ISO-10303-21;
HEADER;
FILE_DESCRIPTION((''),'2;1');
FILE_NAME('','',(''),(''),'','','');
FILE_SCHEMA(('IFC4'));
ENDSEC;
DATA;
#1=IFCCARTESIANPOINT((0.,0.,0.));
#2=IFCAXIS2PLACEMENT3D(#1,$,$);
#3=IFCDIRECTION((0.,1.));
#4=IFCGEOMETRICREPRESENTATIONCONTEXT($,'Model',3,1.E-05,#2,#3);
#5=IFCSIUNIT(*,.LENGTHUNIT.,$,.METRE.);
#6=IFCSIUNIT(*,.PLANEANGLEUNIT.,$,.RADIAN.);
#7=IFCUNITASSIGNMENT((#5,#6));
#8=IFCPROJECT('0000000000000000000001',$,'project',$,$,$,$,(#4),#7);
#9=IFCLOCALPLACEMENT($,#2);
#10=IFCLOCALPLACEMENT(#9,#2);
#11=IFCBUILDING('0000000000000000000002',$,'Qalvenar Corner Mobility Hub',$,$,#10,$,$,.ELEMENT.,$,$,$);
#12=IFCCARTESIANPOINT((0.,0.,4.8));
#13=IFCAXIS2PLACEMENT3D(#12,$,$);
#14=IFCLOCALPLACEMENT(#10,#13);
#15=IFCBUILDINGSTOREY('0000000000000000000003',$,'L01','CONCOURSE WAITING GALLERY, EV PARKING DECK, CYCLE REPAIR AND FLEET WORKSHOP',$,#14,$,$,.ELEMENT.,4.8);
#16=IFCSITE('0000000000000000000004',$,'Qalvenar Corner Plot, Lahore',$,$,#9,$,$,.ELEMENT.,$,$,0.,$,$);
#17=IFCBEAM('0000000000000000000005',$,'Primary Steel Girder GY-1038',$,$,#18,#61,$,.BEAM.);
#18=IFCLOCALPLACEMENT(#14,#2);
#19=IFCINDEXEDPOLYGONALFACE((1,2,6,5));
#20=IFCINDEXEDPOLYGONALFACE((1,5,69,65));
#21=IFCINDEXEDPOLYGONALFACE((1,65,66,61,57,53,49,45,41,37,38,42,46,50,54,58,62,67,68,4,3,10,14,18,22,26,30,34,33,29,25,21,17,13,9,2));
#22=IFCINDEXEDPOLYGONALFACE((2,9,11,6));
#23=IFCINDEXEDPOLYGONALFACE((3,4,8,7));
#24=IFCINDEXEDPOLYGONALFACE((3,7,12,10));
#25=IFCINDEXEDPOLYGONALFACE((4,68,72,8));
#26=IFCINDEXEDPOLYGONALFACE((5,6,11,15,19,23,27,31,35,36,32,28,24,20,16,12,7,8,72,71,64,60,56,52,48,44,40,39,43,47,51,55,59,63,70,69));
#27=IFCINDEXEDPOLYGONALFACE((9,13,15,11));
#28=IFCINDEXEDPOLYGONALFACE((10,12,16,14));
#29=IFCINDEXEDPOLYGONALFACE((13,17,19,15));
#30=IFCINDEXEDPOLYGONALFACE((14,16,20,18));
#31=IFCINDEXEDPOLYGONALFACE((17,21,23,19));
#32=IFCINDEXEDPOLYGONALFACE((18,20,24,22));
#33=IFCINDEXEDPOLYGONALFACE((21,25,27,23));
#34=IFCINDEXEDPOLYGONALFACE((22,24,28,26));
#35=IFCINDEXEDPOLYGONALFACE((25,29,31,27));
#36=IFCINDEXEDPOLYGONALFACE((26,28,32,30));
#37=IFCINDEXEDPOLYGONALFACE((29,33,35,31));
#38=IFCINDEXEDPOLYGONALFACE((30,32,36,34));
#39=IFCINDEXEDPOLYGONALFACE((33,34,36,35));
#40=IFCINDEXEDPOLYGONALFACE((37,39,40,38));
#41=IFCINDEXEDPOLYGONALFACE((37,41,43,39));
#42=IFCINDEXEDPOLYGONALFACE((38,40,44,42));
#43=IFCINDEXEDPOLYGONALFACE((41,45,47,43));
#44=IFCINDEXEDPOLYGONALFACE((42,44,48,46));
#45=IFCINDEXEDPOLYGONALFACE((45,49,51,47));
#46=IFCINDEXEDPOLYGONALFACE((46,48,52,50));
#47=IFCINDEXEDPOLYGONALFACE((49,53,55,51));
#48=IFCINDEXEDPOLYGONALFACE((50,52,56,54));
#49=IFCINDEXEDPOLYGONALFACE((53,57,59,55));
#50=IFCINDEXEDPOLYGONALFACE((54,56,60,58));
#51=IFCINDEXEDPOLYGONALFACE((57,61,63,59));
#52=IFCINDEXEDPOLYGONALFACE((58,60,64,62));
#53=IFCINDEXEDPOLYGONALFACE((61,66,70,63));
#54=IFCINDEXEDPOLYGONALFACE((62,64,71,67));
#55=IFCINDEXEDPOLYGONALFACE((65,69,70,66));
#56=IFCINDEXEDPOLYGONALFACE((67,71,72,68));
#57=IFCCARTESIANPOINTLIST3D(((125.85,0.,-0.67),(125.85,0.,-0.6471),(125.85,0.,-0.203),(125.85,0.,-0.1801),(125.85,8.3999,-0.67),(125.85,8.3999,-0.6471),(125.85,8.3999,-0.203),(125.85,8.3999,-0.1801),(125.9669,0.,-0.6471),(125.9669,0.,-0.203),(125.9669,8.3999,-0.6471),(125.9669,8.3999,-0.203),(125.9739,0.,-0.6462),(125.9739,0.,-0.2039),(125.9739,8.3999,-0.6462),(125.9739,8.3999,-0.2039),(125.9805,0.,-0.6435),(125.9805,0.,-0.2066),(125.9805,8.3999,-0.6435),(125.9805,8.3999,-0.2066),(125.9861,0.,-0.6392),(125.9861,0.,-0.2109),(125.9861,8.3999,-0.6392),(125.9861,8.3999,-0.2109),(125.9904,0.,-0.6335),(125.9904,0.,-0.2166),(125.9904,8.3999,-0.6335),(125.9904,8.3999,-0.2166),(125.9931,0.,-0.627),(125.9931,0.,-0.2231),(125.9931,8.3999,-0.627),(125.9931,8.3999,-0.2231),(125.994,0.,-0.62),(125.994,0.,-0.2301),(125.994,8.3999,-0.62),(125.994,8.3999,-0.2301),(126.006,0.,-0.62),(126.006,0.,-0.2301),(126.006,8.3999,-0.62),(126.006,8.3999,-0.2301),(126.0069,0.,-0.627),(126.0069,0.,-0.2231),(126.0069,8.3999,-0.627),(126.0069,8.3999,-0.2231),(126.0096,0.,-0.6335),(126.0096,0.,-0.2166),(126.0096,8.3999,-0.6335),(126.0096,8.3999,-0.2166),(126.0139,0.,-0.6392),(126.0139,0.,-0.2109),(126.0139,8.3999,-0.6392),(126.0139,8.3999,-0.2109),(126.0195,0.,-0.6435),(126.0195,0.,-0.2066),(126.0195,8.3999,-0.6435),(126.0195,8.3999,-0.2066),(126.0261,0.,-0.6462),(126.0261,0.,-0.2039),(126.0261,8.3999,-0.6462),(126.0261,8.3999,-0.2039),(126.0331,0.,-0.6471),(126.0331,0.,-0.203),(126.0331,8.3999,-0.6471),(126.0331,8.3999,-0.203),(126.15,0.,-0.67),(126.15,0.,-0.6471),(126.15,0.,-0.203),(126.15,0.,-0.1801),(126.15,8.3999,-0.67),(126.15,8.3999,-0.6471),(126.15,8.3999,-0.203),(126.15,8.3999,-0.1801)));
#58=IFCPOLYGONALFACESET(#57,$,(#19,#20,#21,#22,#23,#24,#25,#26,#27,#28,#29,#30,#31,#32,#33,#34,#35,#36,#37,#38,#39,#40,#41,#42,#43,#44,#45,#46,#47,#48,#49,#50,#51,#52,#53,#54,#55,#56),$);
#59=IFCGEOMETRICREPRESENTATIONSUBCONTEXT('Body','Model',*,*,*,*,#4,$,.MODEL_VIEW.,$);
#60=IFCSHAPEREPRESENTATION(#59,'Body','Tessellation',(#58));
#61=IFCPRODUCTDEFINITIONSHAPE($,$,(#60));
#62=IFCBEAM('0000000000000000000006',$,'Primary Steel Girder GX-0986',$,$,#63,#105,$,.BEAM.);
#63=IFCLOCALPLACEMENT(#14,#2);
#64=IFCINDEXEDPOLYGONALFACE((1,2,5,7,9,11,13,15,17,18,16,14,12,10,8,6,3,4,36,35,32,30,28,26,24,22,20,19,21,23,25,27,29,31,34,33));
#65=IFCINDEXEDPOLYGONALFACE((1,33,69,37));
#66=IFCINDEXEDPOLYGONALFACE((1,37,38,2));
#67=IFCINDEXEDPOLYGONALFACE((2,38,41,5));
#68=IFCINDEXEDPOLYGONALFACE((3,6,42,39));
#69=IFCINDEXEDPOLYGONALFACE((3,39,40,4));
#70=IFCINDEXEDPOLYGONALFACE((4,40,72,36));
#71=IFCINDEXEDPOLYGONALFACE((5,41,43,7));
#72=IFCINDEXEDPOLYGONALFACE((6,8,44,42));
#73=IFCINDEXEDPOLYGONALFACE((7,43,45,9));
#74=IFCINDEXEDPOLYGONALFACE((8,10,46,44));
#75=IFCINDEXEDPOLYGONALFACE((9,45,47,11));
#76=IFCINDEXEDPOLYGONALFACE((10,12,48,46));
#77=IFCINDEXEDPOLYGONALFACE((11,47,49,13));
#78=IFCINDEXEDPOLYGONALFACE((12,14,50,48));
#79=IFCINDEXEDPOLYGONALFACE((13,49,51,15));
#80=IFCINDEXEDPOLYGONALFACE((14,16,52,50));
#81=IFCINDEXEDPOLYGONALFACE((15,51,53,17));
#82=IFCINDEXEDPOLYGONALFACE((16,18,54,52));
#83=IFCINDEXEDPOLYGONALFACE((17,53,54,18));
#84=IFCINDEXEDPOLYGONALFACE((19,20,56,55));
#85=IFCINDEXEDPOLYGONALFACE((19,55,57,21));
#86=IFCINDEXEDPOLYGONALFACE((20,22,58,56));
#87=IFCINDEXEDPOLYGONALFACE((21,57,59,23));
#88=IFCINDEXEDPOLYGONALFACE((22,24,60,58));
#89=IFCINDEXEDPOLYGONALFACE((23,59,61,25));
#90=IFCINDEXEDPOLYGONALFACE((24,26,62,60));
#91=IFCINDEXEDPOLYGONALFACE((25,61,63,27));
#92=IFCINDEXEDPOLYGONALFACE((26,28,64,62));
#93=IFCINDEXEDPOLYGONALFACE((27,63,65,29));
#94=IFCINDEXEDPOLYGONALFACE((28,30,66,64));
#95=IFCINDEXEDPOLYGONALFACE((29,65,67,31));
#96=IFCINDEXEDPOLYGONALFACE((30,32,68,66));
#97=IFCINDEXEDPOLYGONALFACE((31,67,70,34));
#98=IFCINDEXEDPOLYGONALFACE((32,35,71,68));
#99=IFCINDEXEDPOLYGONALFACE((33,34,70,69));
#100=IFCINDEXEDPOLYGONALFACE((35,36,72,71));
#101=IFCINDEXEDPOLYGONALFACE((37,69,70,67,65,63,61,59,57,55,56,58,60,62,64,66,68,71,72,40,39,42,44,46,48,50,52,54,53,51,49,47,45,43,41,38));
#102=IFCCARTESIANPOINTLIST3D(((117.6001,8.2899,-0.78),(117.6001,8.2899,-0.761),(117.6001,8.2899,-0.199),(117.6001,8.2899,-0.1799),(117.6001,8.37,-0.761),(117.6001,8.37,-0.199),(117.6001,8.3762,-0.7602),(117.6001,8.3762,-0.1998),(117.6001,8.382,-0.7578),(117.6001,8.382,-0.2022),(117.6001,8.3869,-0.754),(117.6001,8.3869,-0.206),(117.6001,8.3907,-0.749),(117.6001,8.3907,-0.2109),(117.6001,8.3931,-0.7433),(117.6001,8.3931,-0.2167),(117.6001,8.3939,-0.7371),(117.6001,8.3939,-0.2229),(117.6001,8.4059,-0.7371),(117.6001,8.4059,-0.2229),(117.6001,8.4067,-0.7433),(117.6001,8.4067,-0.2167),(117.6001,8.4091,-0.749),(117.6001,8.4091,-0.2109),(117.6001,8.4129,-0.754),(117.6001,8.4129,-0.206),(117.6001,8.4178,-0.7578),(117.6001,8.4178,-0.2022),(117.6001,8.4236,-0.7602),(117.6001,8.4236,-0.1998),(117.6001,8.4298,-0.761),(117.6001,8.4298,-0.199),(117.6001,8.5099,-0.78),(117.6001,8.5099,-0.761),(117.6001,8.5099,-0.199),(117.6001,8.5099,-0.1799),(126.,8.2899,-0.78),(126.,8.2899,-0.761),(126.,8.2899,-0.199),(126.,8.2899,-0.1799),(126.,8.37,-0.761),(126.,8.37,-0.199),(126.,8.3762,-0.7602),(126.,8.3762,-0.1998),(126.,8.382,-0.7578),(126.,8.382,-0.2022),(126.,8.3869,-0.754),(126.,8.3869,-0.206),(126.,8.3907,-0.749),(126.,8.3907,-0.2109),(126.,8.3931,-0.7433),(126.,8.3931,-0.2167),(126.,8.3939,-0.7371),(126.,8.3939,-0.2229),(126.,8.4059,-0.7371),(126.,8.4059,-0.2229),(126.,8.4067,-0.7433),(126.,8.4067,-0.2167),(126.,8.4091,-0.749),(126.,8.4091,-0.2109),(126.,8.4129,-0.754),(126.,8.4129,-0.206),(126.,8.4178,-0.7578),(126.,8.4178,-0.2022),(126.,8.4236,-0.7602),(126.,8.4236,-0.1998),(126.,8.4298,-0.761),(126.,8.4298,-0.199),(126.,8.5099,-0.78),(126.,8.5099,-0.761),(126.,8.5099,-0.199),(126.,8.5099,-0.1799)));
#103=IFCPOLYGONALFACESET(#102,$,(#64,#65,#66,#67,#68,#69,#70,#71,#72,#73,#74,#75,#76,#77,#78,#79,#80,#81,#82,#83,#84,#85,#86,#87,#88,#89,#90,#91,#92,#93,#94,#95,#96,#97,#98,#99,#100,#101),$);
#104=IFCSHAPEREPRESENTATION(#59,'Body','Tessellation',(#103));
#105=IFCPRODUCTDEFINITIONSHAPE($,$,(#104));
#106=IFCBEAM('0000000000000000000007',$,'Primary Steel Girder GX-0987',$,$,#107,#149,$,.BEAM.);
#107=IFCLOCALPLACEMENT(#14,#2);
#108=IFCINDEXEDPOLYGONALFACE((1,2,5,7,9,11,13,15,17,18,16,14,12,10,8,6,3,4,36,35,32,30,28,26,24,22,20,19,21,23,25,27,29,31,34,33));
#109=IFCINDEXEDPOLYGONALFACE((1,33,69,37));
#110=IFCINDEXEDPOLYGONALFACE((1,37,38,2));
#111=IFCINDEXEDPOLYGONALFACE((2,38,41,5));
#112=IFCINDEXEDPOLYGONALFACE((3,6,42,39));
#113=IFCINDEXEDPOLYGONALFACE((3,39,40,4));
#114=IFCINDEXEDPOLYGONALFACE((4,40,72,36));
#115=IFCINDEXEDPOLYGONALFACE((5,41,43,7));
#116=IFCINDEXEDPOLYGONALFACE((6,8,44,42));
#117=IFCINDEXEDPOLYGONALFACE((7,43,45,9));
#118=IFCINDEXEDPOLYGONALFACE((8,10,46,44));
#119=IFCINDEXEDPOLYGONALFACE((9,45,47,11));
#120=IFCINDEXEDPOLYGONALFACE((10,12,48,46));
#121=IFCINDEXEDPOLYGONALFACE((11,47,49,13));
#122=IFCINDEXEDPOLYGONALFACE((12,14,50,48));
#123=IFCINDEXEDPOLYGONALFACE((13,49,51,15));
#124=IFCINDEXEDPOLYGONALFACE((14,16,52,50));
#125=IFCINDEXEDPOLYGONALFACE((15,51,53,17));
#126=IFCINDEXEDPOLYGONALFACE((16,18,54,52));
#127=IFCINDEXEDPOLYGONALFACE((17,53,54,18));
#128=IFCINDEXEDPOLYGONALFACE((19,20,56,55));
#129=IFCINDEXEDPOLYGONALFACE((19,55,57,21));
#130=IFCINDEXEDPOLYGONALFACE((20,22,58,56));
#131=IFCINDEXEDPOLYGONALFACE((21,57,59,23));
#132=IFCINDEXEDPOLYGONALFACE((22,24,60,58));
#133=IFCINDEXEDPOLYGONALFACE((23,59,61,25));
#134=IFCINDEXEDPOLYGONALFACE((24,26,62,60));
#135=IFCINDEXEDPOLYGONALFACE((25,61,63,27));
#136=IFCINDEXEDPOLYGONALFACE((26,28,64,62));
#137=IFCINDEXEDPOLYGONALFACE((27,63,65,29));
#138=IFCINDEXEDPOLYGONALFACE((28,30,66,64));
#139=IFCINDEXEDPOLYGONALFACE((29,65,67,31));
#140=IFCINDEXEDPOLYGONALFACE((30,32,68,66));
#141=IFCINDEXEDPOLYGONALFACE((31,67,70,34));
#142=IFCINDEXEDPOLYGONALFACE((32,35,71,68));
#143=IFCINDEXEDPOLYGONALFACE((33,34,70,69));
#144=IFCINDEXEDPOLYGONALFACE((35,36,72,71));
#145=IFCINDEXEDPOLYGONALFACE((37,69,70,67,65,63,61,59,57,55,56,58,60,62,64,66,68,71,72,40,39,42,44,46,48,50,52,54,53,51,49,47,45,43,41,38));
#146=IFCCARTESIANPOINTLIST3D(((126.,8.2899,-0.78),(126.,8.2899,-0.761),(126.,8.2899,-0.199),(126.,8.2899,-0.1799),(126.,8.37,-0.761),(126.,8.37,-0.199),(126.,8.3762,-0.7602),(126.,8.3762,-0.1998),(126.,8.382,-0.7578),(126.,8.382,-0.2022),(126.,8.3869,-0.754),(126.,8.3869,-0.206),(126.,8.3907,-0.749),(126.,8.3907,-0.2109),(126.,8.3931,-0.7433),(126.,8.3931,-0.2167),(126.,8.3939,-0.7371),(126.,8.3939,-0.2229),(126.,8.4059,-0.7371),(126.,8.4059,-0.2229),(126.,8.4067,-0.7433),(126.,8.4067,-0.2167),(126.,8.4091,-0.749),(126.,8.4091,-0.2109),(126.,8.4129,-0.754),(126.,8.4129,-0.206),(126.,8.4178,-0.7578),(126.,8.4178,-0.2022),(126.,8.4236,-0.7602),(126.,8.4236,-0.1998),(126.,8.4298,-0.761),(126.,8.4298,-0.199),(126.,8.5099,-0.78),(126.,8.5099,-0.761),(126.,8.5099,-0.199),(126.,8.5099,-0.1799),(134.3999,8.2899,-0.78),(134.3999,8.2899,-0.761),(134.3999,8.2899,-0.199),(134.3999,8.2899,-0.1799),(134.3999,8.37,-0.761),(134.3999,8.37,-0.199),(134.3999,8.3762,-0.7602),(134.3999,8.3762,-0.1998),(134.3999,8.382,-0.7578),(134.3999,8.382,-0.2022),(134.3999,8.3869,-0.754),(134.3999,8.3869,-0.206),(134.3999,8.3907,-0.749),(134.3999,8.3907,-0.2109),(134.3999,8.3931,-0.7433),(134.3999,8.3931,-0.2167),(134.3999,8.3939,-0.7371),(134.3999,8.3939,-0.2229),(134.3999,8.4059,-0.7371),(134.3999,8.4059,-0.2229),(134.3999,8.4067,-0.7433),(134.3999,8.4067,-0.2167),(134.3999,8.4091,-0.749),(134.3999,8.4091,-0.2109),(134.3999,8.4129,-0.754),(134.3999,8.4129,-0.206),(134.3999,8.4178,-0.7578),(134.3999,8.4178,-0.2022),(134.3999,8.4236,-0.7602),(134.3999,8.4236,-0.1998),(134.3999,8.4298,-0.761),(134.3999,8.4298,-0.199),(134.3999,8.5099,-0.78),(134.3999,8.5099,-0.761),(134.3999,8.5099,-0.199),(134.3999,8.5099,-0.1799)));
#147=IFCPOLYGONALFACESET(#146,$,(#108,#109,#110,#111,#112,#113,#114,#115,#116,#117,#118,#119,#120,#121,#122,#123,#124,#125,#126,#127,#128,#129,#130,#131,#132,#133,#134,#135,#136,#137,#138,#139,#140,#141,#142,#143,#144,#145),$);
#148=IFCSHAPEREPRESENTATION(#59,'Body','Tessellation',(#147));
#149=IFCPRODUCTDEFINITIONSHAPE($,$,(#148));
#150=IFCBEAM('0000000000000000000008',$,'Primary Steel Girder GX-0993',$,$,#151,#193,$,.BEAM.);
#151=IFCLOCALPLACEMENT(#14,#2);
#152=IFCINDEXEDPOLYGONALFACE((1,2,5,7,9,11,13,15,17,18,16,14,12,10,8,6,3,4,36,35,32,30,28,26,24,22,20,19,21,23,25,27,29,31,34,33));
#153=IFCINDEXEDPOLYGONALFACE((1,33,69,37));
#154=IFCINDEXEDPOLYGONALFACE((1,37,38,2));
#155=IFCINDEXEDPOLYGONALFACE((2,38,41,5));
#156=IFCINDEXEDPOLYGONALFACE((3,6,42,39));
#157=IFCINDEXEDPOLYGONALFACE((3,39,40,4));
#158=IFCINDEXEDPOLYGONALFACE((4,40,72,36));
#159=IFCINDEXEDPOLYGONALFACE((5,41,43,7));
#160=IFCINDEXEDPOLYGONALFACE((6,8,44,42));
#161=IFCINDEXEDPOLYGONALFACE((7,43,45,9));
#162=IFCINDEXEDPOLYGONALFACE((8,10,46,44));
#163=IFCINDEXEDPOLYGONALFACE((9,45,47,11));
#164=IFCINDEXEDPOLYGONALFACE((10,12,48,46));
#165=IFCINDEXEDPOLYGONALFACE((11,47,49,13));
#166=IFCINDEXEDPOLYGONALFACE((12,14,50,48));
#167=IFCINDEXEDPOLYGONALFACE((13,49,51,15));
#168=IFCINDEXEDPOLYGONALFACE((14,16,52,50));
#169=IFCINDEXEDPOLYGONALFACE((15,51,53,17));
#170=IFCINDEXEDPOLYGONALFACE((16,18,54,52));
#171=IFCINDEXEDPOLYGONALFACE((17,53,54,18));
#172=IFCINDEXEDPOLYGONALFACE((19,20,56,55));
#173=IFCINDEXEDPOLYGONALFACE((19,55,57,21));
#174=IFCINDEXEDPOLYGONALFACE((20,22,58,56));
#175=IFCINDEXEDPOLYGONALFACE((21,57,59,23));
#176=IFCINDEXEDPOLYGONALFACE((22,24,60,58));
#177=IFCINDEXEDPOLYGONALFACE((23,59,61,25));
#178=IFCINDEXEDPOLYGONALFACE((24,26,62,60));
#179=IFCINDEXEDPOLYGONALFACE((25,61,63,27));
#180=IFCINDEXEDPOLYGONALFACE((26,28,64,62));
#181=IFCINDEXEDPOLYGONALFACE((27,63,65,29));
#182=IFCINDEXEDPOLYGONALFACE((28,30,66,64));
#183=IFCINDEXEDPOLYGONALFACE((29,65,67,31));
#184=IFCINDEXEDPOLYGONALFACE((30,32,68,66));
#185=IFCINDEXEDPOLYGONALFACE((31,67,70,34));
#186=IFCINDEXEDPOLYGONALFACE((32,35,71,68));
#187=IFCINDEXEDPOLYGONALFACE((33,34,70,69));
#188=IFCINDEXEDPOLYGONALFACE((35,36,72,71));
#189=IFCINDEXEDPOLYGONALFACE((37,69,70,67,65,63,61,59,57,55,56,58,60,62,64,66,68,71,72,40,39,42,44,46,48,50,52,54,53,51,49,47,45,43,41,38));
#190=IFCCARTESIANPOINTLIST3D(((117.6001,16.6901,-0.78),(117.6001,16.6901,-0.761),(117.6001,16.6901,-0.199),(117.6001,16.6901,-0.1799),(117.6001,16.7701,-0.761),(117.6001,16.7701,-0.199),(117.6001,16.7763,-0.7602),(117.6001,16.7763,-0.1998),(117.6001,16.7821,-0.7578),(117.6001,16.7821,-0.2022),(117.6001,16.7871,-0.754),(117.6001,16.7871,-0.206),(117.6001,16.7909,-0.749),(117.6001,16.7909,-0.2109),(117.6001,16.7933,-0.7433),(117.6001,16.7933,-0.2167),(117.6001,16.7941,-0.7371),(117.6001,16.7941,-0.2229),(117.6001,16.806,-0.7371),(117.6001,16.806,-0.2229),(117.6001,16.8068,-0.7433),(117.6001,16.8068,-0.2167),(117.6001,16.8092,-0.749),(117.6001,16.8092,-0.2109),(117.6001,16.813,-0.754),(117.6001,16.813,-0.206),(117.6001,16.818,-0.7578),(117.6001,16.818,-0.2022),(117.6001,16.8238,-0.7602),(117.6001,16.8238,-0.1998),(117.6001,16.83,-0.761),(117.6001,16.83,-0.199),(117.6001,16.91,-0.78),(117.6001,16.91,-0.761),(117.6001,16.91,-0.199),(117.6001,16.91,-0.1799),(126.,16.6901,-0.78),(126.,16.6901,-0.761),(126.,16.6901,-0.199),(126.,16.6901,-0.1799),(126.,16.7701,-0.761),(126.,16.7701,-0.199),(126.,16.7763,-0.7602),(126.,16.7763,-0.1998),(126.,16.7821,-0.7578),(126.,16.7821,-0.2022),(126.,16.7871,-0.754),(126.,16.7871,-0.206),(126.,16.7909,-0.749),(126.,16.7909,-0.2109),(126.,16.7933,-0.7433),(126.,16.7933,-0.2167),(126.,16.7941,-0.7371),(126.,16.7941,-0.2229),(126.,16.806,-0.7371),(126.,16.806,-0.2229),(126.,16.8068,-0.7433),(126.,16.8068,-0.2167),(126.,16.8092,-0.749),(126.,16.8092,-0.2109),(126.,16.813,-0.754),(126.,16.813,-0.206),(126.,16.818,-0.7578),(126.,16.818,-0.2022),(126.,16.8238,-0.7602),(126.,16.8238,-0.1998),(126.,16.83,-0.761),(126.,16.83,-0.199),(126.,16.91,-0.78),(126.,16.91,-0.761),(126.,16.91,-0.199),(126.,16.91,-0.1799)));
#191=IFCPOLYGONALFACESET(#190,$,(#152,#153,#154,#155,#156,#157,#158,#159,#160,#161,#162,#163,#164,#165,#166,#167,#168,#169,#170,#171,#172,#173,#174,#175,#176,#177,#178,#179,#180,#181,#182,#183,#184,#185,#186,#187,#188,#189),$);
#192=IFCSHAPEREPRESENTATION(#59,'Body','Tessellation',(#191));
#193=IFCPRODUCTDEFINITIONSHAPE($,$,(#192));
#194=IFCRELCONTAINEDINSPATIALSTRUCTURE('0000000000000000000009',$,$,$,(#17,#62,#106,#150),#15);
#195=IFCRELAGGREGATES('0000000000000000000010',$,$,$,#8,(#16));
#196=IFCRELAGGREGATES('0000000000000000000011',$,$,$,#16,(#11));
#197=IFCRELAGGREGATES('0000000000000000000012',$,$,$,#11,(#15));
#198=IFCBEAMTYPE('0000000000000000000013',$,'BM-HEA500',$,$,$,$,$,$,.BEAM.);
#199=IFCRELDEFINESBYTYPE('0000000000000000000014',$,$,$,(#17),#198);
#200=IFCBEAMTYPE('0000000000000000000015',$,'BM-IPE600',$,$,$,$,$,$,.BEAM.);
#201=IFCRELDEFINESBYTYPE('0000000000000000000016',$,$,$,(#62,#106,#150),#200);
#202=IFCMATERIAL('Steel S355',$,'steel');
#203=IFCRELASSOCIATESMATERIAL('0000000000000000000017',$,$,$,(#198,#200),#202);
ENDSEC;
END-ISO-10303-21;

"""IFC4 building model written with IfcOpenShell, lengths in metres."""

from ifc_helpers import new_model, si_unit, direction, frame, origin, origin_2d, place, context, subcontext, project, spatial, i_section, extrude, material, material_profile, profile_set, type_object, element, save


model = new_model("IFC4")

# Units and contexts
model_context = context("Model", 3, precision=1e-05, world=origin(), true_north=direction((0.0, 1.0)))
body_context = subcontext(model_context, "Body", "Model", "MODEL_VIEW")
ifc_project = project(units=[si_unit("LENGTHUNIT", "METRE"), si_unit("PLANEANGLEUNIT", "RADIAN")], contexts=[model_context])

# Site, building, storey
site_placement = place(None, origin())
site = spatial("IfcSite", under=ifc_project, at=site_placement, Name="Qalvenar Corner Plot, Lahore", CompositionType="ELEMENT", RefElevation=0.0)
building_placement = place(site_placement, origin())
building = spatial("IfcBuilding", under=site, at=building_placement, Name="Qalvenar Corner Mobility Hub", CompositionType="ELEMENT")
storey_placement = place(building_placement, frame((0.0, 0.0, 4.8)))
storey = spatial("IfcBuildingStorey", under=building, at=storey_placement, Name="L01", Description="CONCOURSE WAITING GALLERY, EV PARKING DECK, CYCLE REPAIR AND FLEET WORKSHOP", CompositionType="ELEMENT", Elevation=4.8)

# Shared definitions
ifc_material_1 = material(Name="Steel S355", Category="steel")

# Beams
ifc_material_profile_1 = material_profile(ifc_material_1, i_section(OverallWidth=0.3, OverallDepth=0.49, WebThickness=0.012, FlangeThickness=0.0229, FilletRadius=0.0271, at=origin_2d()), Name="HEA500")
ifc_profile_set_1 = profile_set([ifc_material_profile_1], Name="Steel S355")
beam_type_1 = type_object("IfcBeamType", Name="BM-HEA500", PredefinedType="BEAM", material=ifc_profile_set_1)
beam_1_placement = place(storey_placement, frame((126.0, 0.0, -0.425), z_axis=(0.0, 1.0, 0.0), x_axis=(-1.0, 0.0, 0.0)))
element("IfcBeam", 1, at=beam_1_placement, inside=storey, type_object=beam_type_1, Name="Primary Steel Girder GY-1038", PredefinedType="BEAM", context=body_context, shape_type="SweptSolid", body=[
    extrude(i_section(OverallWidth=0.3, OverallDepth=0.49, WebThickness=0.012, FlangeThickness=0.0229, FilletRadius=0.0271, at=origin_2d()), origin(), (0.0, 0.0, 1.0), 8.3999),
])
ifc_material_profile_2 = material_profile(ifc_material_1, i_section(OverallWidth=0.22, OverallDepth=0.6001, WebThickness=0.012, FlangeThickness=0.019, FilletRadius=0.0239, at=origin_2d()), Name="IPE600")
ifc_profile_set_2 = profile_set([ifc_material_profile_2], Name="Steel S355")
beam_type_2 = type_object("IfcBeamType", Name="BM-IPE600", PredefinedType="BEAM", material=ifc_profile_set_2)
for number, where, z_axis, x_axis, name in (
    (2, (117.6001, 8.3999, -0.48), (1.0, 0.0, 0.0), (0.0, 1.0, 0.0), "Primary Steel Girder GX-0986"),
    (3, (126.0, 8.3999, -0.48), (1.0, 0.0, 0.0), (0.0, 1.0, 0.0), "Primary Steel Girder GX-0987"),
    (4, (117.6001, 16.8, -0.48), (1.0, 0.0, 0.0), (0.0, 1.0, 0.0), "Primary Steel Girder GX-0993"),
):
    element("IfcBeam", number, at=place(storey_placement, frame(where, z_axis=z_axis, x_axis=x_axis)), inside=storey, type_object=beam_type_2, Name=name, PredefinedType="BEAM", context=body_context, shape_type="SweptSolid", body=[
        extrude(i_section(OverallWidth=0.22, OverallDepth=0.6001, WebThickness=0.012, FlangeThickness=0.019, FilletRadius=0.0239, at=origin_2d()), origin(), (0.0, 0.0, 1.0), 8.3999),
    ])

save(model, "model.ifc")
